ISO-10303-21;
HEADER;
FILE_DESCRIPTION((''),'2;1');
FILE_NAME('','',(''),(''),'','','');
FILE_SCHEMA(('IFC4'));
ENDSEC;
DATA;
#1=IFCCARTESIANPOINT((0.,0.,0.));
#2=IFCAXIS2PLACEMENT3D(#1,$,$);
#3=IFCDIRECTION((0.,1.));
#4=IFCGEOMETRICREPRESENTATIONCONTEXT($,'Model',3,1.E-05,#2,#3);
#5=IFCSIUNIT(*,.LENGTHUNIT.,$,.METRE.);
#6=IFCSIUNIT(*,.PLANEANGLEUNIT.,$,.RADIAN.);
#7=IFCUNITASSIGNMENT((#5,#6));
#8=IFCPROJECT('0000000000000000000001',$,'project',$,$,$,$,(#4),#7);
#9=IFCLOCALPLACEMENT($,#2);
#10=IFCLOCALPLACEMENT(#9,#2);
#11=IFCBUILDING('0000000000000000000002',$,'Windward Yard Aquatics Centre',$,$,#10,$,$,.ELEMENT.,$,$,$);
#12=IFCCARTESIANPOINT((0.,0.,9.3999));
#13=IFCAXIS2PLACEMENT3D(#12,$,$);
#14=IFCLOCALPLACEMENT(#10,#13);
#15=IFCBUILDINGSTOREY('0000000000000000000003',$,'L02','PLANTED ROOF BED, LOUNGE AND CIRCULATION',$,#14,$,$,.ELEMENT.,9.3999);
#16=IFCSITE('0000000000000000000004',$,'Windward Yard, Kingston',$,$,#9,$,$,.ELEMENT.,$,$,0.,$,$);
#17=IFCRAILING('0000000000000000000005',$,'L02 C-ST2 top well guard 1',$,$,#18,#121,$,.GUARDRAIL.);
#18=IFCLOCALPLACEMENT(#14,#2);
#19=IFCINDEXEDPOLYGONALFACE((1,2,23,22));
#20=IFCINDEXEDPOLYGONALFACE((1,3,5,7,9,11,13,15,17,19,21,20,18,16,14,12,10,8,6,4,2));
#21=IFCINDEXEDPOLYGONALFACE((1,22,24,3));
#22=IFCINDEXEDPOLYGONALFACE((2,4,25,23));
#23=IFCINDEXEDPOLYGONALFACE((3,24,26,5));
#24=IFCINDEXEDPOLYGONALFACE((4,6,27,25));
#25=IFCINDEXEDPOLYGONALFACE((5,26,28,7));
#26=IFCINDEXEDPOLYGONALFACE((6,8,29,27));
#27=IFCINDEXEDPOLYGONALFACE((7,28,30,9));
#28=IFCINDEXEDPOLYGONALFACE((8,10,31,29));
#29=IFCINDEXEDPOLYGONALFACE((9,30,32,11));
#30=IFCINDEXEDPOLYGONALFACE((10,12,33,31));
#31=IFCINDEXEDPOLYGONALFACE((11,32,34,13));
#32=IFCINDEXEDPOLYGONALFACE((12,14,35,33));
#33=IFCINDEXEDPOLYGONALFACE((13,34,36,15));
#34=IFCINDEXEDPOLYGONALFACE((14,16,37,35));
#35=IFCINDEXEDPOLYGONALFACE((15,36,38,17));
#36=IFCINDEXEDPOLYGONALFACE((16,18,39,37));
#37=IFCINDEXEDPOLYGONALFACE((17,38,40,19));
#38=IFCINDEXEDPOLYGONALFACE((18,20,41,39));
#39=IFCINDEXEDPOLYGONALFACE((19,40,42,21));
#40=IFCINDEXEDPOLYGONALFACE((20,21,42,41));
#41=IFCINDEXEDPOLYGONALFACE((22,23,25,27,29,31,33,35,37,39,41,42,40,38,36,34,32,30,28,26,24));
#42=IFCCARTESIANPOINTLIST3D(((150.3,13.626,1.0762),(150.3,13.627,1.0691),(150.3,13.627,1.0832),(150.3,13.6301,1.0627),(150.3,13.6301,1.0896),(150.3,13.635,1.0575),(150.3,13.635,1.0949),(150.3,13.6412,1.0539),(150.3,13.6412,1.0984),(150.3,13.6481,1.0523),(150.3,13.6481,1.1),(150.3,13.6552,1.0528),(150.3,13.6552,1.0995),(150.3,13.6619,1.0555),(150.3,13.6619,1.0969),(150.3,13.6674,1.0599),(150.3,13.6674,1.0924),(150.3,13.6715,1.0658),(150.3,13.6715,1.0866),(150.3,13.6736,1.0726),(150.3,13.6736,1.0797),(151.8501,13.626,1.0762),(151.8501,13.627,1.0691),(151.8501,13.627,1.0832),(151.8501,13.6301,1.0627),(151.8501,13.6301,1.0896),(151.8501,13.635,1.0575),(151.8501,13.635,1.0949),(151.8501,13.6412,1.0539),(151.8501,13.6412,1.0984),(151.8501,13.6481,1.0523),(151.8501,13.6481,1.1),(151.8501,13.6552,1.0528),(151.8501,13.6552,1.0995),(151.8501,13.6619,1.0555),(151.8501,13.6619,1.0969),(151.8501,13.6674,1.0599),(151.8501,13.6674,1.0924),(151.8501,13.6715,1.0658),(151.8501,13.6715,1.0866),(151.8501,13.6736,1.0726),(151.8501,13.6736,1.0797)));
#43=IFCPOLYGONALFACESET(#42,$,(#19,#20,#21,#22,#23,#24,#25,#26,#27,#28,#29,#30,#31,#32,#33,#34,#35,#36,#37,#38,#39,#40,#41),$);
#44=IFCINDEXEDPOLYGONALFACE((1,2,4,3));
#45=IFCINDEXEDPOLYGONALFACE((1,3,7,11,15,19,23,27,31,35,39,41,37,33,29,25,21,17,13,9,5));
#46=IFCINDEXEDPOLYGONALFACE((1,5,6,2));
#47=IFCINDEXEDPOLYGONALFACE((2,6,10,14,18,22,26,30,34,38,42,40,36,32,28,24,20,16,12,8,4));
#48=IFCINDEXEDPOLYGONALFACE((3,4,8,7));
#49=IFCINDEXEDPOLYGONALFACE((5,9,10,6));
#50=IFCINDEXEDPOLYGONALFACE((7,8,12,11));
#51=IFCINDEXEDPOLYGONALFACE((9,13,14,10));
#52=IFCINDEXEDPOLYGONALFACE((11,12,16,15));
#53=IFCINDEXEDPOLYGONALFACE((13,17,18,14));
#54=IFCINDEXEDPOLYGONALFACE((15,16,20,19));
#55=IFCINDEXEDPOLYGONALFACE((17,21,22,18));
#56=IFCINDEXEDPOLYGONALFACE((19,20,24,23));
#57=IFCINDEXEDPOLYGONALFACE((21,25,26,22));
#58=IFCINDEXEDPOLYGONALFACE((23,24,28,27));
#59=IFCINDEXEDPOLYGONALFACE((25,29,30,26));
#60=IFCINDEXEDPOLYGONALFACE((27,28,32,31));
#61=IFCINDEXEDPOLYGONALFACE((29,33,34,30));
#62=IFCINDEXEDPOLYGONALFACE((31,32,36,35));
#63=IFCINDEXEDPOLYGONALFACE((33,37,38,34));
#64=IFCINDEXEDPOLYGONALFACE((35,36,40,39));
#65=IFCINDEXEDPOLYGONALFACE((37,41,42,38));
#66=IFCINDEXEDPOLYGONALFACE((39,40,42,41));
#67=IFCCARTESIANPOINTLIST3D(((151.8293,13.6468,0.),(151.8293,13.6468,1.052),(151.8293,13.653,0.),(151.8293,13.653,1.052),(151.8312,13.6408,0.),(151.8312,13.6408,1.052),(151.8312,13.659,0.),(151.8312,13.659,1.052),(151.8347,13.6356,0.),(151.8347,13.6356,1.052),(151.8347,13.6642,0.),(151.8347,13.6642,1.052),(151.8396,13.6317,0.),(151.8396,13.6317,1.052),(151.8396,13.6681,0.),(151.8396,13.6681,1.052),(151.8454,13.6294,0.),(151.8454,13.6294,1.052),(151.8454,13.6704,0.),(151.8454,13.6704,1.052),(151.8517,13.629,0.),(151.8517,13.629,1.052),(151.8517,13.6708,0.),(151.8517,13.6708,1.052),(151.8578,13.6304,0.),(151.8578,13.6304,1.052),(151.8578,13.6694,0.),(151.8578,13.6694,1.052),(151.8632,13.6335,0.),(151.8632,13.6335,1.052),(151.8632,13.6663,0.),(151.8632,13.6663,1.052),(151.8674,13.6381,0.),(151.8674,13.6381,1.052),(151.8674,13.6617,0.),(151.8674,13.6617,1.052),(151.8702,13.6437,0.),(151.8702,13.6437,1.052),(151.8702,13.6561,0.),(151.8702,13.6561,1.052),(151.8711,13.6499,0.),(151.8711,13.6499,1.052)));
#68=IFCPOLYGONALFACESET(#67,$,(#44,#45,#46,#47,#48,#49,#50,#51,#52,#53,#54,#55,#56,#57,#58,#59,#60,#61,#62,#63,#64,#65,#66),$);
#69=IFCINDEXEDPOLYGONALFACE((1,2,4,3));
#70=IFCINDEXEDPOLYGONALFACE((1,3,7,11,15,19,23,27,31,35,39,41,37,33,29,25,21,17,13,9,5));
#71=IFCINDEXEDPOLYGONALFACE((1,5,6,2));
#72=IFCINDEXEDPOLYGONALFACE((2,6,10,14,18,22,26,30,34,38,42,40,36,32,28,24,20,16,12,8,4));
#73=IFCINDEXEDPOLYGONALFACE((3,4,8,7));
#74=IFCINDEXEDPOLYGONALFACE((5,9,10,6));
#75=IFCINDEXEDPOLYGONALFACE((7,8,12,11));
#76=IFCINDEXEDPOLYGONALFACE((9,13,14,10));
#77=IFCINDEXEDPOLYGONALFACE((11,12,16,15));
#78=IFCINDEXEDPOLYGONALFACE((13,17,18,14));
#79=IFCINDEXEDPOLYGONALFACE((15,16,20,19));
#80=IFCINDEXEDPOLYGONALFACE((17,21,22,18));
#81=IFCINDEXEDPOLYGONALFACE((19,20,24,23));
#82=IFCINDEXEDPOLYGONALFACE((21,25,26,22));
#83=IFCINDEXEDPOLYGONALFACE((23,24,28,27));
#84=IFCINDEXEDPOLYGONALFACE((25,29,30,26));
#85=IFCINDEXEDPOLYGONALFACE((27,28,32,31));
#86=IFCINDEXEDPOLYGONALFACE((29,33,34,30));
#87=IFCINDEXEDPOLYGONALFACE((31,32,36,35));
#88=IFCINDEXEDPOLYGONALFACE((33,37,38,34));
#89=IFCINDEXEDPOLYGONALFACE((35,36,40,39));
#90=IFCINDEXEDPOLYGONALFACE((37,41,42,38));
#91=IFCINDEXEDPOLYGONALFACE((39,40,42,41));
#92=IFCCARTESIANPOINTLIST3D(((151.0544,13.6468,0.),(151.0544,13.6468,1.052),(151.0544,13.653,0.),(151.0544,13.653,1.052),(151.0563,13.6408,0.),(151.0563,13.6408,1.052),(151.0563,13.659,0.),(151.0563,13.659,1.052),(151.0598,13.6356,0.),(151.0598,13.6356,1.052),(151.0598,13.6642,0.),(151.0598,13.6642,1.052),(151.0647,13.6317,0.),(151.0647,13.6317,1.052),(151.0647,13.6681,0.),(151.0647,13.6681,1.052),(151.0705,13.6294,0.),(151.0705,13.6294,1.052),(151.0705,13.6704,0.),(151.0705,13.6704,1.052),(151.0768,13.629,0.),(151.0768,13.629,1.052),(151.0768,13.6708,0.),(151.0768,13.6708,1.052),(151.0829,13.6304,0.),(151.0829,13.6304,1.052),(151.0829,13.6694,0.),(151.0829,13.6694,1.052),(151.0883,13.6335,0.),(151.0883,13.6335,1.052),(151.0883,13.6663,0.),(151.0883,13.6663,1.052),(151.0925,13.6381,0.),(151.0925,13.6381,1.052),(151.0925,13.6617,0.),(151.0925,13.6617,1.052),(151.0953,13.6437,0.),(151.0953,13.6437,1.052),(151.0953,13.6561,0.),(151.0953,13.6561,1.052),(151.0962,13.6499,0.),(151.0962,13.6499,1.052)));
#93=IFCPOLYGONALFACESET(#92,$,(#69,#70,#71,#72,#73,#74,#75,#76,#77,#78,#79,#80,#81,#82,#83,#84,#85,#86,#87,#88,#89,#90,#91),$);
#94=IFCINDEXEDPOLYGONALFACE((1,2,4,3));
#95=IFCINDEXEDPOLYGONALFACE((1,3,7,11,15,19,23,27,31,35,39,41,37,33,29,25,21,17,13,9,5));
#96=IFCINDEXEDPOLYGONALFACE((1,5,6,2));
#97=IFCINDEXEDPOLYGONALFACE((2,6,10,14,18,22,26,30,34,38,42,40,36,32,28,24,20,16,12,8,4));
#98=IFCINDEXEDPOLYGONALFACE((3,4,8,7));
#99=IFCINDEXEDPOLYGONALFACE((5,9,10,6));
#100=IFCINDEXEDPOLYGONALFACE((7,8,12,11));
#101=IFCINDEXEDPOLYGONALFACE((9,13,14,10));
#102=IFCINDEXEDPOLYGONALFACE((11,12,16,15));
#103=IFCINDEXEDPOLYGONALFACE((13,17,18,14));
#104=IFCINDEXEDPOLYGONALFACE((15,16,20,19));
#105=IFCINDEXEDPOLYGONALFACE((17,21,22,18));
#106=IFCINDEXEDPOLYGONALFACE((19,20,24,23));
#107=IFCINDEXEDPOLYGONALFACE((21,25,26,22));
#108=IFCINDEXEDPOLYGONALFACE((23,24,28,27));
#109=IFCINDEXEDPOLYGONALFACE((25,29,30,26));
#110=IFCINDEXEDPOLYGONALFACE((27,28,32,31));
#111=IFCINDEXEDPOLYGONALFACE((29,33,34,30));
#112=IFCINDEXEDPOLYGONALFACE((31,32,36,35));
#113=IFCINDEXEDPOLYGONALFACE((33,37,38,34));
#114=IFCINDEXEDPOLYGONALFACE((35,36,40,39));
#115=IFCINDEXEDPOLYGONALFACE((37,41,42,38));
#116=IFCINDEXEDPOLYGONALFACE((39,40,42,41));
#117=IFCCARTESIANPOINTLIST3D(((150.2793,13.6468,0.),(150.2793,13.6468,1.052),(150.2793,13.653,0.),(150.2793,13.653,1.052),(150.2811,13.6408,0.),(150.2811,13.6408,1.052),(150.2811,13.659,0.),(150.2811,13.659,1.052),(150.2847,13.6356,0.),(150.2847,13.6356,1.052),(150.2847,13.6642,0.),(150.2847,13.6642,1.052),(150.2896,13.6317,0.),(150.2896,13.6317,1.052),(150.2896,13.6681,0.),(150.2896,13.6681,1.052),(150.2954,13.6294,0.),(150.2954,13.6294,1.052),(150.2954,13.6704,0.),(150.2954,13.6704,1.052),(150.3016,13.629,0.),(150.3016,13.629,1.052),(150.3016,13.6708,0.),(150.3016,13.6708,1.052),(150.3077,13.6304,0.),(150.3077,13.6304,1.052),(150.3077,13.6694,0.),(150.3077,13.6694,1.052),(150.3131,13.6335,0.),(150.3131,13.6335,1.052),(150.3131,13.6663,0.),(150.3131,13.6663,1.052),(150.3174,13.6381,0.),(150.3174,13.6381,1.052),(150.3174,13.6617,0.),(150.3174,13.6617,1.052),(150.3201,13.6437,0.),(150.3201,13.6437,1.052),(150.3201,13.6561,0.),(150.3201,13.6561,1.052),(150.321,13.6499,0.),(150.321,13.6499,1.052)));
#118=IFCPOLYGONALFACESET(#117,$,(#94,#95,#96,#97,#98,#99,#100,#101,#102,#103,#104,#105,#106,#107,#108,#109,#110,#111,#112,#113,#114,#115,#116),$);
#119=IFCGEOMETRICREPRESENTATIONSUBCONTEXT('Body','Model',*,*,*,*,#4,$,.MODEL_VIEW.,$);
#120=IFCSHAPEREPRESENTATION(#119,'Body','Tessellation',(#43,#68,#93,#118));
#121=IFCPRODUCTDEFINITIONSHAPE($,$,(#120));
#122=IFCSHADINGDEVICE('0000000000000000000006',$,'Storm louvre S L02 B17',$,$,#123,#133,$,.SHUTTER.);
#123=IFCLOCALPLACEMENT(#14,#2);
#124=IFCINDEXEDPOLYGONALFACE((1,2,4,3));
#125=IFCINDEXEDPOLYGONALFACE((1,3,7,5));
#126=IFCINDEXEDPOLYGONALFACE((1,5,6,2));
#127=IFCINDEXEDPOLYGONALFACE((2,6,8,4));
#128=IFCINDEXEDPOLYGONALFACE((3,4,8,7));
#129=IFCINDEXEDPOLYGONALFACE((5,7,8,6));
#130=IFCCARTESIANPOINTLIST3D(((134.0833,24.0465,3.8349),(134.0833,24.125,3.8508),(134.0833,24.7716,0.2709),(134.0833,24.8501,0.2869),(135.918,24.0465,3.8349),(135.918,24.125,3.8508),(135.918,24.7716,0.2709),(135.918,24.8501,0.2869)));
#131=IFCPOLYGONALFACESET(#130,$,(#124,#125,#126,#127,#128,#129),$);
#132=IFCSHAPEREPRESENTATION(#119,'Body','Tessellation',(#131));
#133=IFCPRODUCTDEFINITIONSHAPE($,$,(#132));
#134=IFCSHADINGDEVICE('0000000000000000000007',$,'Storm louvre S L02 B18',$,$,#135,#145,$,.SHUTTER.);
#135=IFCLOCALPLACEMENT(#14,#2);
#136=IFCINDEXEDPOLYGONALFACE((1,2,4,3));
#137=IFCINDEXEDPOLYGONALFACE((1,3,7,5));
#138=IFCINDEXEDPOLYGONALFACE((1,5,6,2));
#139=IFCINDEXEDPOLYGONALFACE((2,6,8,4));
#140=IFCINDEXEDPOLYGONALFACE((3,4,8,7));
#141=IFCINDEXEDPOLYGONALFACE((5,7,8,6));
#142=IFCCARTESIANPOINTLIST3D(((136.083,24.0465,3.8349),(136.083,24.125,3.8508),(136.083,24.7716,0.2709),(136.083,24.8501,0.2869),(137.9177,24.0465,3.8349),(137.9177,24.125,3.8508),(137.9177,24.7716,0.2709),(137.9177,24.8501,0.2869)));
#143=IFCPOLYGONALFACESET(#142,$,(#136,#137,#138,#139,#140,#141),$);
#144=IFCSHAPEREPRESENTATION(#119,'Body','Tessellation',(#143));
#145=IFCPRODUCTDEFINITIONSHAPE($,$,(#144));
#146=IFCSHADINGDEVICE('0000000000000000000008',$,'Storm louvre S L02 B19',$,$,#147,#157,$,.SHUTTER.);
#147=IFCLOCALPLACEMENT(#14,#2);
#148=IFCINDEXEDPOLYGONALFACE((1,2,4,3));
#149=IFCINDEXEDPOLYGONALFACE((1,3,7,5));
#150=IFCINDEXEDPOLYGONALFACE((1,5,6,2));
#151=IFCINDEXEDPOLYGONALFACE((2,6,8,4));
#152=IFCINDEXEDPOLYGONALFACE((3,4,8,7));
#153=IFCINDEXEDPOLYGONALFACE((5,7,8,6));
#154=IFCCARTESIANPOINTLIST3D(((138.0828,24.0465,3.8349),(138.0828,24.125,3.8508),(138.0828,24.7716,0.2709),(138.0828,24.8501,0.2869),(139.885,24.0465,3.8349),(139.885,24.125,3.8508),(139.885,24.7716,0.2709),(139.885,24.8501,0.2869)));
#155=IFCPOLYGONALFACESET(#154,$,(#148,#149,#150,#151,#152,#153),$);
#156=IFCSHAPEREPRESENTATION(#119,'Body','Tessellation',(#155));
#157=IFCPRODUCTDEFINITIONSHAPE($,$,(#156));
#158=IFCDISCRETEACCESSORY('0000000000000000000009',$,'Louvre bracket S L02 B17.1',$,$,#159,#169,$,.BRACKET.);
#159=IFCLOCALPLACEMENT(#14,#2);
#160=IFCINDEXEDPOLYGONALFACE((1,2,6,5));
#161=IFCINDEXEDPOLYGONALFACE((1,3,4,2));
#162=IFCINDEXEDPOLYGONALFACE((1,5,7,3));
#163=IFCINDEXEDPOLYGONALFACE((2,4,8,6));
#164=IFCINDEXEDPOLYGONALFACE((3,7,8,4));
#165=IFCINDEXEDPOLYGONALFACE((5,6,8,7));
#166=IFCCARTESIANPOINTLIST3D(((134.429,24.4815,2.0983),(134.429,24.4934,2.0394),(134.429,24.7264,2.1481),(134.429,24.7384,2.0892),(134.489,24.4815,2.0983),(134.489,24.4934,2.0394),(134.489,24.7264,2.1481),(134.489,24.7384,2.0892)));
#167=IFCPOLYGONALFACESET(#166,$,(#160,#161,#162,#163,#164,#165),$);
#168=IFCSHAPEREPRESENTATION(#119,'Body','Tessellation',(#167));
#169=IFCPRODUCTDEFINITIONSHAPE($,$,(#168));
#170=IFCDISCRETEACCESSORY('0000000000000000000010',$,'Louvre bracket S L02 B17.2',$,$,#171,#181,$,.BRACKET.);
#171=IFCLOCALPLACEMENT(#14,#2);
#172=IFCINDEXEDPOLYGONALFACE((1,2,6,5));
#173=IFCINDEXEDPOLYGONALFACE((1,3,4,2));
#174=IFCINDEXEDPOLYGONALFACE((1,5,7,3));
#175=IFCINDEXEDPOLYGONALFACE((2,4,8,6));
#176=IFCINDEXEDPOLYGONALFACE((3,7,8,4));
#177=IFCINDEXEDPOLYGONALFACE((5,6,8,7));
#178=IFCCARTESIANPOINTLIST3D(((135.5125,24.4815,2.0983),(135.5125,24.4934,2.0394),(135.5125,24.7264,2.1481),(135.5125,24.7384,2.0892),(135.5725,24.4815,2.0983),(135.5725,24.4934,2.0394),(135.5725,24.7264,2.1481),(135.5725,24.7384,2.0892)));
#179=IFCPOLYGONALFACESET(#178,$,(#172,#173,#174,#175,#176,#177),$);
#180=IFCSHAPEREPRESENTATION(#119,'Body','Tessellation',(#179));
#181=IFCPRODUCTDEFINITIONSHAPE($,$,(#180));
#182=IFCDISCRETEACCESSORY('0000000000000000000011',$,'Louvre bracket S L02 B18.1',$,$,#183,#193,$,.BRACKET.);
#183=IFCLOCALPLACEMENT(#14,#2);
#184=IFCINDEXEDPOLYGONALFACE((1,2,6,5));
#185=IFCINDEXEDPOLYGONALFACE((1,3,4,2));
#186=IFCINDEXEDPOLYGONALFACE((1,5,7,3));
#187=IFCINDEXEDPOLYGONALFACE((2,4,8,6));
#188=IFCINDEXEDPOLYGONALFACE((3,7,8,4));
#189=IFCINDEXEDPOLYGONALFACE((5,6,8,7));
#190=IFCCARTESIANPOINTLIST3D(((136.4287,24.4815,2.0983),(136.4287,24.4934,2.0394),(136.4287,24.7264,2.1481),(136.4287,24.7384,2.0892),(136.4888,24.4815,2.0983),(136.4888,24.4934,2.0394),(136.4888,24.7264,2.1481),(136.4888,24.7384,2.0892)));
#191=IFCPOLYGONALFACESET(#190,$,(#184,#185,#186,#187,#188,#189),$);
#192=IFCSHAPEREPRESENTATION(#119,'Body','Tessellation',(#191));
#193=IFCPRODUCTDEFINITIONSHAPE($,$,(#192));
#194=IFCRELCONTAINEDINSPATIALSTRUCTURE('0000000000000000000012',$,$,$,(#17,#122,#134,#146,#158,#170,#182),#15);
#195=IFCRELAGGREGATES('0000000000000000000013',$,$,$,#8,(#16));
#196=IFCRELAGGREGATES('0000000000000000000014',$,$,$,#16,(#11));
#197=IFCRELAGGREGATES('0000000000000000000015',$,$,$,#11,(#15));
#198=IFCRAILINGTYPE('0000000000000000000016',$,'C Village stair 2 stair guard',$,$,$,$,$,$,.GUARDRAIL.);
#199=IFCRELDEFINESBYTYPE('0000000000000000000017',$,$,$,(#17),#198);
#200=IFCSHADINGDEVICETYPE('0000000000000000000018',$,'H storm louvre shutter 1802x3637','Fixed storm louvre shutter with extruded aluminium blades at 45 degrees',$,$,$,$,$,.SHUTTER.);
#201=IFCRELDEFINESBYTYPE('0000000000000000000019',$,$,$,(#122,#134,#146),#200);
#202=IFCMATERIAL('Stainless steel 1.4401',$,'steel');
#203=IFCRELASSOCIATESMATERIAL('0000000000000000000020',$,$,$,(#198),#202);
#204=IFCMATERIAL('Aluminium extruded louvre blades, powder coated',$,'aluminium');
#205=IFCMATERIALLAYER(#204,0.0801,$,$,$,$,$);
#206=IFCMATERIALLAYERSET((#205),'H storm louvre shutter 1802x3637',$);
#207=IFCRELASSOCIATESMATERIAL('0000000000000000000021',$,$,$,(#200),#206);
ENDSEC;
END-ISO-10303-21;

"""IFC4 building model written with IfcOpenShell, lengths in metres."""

from ifc_helpers import new_model, si_unit, direction, frame, origin, origin_2d, place, context, subcontext, project, spatial, polyline, rectangle, circle, outline, extrude, material, layer, layer_set, type_object, element, save


model = new_model("IFC4")

# Units and contexts
model_context = context("Model", 3, precision=1e-05, world=origin(), true_north=direction((0.0, 1.0)))
body_context = subcontext(model_context, "Body", "Model", "MODEL_VIEW")
ifc_project = project(units=[si_unit("LENGTHUNIT", "METRE"), si_unit("PLANEANGLEUNIT", "RADIAN")], contexts=[model_context])

# Site, building, storey
site_placement = place(None, origin())
site = spatial("IfcSite", under=ifc_project, at=site_placement, Name="Windward Yard, Kingston", CompositionType="ELEMENT", RefElevation=0.0)
building_placement = place(site_placement, origin())
building = spatial("IfcBuilding", under=site, at=building_placement, Name="Windward Yard Aquatics Centre", CompositionType="ELEMENT")
storey_placement = place(building_placement, frame((0.0, 0.0, 9.3999)))
storey = spatial("IfcBuildingStorey", under=building, at=storey_placement, Name="L02", Description="PLANTED ROOF BED, LOUNGE AND CIRCULATION", CompositionType="ELEMENT", Elevation=9.3999)

# Railing
ifc_material_1 = material(Name="Stainless steel 1.4401", Category="steel")
railing_type_1 = type_object("IfcRailingType", Name="C Village stair 2 stair guard", PredefinedType="GUARDRAIL", material=ifc_material_1)
railing_1_placement = place(storey_placement, frame((151.8501, 13.6499, 0.0)))
element("IfcRailing", 1, at=railing_1_placement, inside=storey, type_object=railing_type_1, Name="L02 C-ST2 top well guard 1", PredefinedType="GUARDRAIL", context=body_context, shape_type="SweptSolid", body=[
    extrude(circle(Radius=0.0239, at=origin_2d()), frame((0.0, 0.0, 1.0762), z_axis=(-1.0, 0.0, 0.0), x_axis=(0.0, -1.0, 0.0)), (0.0, 0.0, 1.0), 1.55),
    extrude(circle(Radius=0.021, at=origin_2d()), origin(), (0.0, 0.0, 1.0), 1.052),
    extrude(circle(Radius=0.021, at=origin_2d()), frame((-0.7749, 0.0, 0.0)), (0.0, 0.0, 1.0), 1.052),
    extrude(circle(Radius=0.021, at=origin_2d()), frame((-1.55, 0.0, 0.0)), (0.0, 0.0, 1.0), 1.052),
])

# Shading devices
ifc_material_2 = material(Name="Aluminium extruded louvre blades, powder coated", Category="aluminium")
ifc_layer_1 = layer(ifc_material_2, 0.0801)
ifc_layer_set_1 = layer_set([ifc_layer_1], Name="H storm louvre shutter 1802x3637")
shading_device_type = type_object("IfcShadingDeviceType", Name="H storm louvre shutter 1802x3637", Description="Fixed storm louvre shutter with extruded aluminium blades at 45 degrees", PredefinedType="SHUTTER", material=ifc_layer_set_1)
for number, where, z_axis, x_axis, name in (
    (2, (134.0833, 24.125, 3.8508), (0.0, 0.979925, 0.199368), (0.0, 0.199368, -0.979925), "Storm louvre S L02 B17"),
    (3, (136.083, 24.125, 3.8508), (0.0, 0.979925, 0.199368), (0.0, 0.199368, -0.979925), "Storm louvre S L02 B18"),
):
    element("IfcShadingDevice", number, at=place(storey_placement, frame(where, z_axis=z_axis, x_axis=x_axis)), inside=storey, type_object=shading_device_type, Name=name, PredefinedType="SHUTTER", context=body_context, shape_type="SweptSolid", body=[
        extrude(outline(polyline([(0.0, 0.0), (3.637, 0.0), (3.637, -1.8347), (0.0, -1.8347), (0.0, 0.0)])), origin(), (0.0, 0.0, -1.0), 0.0801),
    ])
shading_device_placement = place(storey_placement, frame((138.0828, 24.125, 3.8508), z_axis=(0.0, 0.979925, 0.199368), x_axis=(0.0, 0.199368, -0.979925)))
element("IfcShadingDevice", 4, at=shading_device_placement, inside=storey, type_object=shading_device_type, Name="Storm louvre S L02 B19", PredefinedType="SHUTTER", context=body_context, shape_type="SweptSolid", body=[
    extrude(outline(polyline([(0.0, 0.0), (3.637, 0.0), (3.637, -1.8022), (0.0, -1.8022), (0.0, 0.0)])), origin(), (0.0, 0.0, -1.0), 0.0801),
])

# Discrete accessories
for number, where, z_axis, x_axis, name in (
    (5, (134.459, 24.7324, 2.1187), (0.0, -0.979937, -0.199309), (1.0, 0.0, 0.0), "Louvre bracket S L02 B17.1"),
    (6, (135.5425, 24.7324, 2.1187), (0.0, -0.979937, -0.199309), (1.0, 0.0, 0.0), "Louvre bracket S L02 B17.2"),
    (7, (136.4587, 24.7324, 2.1187), (0.0, -0.979937, -0.199309), (1.0, 0.0, 0.0), "Louvre bracket S L02 B18.1"),
):
    element("IfcDiscreteAccessory", number, at=place(storey_placement, frame(where, z_axis=z_axis, x_axis=x_axis)), inside=storey, Name=name, PredefinedType="BRACKET", context=body_context, shape_type="SweptSolid", body=[
        extrude(rectangle(XDim=0.0601, YDim=0.0601, at=origin_2d()), origin(), (0.0, 0.0, 1.0), 0.25),
    ])

save(model, "model.ifc")
